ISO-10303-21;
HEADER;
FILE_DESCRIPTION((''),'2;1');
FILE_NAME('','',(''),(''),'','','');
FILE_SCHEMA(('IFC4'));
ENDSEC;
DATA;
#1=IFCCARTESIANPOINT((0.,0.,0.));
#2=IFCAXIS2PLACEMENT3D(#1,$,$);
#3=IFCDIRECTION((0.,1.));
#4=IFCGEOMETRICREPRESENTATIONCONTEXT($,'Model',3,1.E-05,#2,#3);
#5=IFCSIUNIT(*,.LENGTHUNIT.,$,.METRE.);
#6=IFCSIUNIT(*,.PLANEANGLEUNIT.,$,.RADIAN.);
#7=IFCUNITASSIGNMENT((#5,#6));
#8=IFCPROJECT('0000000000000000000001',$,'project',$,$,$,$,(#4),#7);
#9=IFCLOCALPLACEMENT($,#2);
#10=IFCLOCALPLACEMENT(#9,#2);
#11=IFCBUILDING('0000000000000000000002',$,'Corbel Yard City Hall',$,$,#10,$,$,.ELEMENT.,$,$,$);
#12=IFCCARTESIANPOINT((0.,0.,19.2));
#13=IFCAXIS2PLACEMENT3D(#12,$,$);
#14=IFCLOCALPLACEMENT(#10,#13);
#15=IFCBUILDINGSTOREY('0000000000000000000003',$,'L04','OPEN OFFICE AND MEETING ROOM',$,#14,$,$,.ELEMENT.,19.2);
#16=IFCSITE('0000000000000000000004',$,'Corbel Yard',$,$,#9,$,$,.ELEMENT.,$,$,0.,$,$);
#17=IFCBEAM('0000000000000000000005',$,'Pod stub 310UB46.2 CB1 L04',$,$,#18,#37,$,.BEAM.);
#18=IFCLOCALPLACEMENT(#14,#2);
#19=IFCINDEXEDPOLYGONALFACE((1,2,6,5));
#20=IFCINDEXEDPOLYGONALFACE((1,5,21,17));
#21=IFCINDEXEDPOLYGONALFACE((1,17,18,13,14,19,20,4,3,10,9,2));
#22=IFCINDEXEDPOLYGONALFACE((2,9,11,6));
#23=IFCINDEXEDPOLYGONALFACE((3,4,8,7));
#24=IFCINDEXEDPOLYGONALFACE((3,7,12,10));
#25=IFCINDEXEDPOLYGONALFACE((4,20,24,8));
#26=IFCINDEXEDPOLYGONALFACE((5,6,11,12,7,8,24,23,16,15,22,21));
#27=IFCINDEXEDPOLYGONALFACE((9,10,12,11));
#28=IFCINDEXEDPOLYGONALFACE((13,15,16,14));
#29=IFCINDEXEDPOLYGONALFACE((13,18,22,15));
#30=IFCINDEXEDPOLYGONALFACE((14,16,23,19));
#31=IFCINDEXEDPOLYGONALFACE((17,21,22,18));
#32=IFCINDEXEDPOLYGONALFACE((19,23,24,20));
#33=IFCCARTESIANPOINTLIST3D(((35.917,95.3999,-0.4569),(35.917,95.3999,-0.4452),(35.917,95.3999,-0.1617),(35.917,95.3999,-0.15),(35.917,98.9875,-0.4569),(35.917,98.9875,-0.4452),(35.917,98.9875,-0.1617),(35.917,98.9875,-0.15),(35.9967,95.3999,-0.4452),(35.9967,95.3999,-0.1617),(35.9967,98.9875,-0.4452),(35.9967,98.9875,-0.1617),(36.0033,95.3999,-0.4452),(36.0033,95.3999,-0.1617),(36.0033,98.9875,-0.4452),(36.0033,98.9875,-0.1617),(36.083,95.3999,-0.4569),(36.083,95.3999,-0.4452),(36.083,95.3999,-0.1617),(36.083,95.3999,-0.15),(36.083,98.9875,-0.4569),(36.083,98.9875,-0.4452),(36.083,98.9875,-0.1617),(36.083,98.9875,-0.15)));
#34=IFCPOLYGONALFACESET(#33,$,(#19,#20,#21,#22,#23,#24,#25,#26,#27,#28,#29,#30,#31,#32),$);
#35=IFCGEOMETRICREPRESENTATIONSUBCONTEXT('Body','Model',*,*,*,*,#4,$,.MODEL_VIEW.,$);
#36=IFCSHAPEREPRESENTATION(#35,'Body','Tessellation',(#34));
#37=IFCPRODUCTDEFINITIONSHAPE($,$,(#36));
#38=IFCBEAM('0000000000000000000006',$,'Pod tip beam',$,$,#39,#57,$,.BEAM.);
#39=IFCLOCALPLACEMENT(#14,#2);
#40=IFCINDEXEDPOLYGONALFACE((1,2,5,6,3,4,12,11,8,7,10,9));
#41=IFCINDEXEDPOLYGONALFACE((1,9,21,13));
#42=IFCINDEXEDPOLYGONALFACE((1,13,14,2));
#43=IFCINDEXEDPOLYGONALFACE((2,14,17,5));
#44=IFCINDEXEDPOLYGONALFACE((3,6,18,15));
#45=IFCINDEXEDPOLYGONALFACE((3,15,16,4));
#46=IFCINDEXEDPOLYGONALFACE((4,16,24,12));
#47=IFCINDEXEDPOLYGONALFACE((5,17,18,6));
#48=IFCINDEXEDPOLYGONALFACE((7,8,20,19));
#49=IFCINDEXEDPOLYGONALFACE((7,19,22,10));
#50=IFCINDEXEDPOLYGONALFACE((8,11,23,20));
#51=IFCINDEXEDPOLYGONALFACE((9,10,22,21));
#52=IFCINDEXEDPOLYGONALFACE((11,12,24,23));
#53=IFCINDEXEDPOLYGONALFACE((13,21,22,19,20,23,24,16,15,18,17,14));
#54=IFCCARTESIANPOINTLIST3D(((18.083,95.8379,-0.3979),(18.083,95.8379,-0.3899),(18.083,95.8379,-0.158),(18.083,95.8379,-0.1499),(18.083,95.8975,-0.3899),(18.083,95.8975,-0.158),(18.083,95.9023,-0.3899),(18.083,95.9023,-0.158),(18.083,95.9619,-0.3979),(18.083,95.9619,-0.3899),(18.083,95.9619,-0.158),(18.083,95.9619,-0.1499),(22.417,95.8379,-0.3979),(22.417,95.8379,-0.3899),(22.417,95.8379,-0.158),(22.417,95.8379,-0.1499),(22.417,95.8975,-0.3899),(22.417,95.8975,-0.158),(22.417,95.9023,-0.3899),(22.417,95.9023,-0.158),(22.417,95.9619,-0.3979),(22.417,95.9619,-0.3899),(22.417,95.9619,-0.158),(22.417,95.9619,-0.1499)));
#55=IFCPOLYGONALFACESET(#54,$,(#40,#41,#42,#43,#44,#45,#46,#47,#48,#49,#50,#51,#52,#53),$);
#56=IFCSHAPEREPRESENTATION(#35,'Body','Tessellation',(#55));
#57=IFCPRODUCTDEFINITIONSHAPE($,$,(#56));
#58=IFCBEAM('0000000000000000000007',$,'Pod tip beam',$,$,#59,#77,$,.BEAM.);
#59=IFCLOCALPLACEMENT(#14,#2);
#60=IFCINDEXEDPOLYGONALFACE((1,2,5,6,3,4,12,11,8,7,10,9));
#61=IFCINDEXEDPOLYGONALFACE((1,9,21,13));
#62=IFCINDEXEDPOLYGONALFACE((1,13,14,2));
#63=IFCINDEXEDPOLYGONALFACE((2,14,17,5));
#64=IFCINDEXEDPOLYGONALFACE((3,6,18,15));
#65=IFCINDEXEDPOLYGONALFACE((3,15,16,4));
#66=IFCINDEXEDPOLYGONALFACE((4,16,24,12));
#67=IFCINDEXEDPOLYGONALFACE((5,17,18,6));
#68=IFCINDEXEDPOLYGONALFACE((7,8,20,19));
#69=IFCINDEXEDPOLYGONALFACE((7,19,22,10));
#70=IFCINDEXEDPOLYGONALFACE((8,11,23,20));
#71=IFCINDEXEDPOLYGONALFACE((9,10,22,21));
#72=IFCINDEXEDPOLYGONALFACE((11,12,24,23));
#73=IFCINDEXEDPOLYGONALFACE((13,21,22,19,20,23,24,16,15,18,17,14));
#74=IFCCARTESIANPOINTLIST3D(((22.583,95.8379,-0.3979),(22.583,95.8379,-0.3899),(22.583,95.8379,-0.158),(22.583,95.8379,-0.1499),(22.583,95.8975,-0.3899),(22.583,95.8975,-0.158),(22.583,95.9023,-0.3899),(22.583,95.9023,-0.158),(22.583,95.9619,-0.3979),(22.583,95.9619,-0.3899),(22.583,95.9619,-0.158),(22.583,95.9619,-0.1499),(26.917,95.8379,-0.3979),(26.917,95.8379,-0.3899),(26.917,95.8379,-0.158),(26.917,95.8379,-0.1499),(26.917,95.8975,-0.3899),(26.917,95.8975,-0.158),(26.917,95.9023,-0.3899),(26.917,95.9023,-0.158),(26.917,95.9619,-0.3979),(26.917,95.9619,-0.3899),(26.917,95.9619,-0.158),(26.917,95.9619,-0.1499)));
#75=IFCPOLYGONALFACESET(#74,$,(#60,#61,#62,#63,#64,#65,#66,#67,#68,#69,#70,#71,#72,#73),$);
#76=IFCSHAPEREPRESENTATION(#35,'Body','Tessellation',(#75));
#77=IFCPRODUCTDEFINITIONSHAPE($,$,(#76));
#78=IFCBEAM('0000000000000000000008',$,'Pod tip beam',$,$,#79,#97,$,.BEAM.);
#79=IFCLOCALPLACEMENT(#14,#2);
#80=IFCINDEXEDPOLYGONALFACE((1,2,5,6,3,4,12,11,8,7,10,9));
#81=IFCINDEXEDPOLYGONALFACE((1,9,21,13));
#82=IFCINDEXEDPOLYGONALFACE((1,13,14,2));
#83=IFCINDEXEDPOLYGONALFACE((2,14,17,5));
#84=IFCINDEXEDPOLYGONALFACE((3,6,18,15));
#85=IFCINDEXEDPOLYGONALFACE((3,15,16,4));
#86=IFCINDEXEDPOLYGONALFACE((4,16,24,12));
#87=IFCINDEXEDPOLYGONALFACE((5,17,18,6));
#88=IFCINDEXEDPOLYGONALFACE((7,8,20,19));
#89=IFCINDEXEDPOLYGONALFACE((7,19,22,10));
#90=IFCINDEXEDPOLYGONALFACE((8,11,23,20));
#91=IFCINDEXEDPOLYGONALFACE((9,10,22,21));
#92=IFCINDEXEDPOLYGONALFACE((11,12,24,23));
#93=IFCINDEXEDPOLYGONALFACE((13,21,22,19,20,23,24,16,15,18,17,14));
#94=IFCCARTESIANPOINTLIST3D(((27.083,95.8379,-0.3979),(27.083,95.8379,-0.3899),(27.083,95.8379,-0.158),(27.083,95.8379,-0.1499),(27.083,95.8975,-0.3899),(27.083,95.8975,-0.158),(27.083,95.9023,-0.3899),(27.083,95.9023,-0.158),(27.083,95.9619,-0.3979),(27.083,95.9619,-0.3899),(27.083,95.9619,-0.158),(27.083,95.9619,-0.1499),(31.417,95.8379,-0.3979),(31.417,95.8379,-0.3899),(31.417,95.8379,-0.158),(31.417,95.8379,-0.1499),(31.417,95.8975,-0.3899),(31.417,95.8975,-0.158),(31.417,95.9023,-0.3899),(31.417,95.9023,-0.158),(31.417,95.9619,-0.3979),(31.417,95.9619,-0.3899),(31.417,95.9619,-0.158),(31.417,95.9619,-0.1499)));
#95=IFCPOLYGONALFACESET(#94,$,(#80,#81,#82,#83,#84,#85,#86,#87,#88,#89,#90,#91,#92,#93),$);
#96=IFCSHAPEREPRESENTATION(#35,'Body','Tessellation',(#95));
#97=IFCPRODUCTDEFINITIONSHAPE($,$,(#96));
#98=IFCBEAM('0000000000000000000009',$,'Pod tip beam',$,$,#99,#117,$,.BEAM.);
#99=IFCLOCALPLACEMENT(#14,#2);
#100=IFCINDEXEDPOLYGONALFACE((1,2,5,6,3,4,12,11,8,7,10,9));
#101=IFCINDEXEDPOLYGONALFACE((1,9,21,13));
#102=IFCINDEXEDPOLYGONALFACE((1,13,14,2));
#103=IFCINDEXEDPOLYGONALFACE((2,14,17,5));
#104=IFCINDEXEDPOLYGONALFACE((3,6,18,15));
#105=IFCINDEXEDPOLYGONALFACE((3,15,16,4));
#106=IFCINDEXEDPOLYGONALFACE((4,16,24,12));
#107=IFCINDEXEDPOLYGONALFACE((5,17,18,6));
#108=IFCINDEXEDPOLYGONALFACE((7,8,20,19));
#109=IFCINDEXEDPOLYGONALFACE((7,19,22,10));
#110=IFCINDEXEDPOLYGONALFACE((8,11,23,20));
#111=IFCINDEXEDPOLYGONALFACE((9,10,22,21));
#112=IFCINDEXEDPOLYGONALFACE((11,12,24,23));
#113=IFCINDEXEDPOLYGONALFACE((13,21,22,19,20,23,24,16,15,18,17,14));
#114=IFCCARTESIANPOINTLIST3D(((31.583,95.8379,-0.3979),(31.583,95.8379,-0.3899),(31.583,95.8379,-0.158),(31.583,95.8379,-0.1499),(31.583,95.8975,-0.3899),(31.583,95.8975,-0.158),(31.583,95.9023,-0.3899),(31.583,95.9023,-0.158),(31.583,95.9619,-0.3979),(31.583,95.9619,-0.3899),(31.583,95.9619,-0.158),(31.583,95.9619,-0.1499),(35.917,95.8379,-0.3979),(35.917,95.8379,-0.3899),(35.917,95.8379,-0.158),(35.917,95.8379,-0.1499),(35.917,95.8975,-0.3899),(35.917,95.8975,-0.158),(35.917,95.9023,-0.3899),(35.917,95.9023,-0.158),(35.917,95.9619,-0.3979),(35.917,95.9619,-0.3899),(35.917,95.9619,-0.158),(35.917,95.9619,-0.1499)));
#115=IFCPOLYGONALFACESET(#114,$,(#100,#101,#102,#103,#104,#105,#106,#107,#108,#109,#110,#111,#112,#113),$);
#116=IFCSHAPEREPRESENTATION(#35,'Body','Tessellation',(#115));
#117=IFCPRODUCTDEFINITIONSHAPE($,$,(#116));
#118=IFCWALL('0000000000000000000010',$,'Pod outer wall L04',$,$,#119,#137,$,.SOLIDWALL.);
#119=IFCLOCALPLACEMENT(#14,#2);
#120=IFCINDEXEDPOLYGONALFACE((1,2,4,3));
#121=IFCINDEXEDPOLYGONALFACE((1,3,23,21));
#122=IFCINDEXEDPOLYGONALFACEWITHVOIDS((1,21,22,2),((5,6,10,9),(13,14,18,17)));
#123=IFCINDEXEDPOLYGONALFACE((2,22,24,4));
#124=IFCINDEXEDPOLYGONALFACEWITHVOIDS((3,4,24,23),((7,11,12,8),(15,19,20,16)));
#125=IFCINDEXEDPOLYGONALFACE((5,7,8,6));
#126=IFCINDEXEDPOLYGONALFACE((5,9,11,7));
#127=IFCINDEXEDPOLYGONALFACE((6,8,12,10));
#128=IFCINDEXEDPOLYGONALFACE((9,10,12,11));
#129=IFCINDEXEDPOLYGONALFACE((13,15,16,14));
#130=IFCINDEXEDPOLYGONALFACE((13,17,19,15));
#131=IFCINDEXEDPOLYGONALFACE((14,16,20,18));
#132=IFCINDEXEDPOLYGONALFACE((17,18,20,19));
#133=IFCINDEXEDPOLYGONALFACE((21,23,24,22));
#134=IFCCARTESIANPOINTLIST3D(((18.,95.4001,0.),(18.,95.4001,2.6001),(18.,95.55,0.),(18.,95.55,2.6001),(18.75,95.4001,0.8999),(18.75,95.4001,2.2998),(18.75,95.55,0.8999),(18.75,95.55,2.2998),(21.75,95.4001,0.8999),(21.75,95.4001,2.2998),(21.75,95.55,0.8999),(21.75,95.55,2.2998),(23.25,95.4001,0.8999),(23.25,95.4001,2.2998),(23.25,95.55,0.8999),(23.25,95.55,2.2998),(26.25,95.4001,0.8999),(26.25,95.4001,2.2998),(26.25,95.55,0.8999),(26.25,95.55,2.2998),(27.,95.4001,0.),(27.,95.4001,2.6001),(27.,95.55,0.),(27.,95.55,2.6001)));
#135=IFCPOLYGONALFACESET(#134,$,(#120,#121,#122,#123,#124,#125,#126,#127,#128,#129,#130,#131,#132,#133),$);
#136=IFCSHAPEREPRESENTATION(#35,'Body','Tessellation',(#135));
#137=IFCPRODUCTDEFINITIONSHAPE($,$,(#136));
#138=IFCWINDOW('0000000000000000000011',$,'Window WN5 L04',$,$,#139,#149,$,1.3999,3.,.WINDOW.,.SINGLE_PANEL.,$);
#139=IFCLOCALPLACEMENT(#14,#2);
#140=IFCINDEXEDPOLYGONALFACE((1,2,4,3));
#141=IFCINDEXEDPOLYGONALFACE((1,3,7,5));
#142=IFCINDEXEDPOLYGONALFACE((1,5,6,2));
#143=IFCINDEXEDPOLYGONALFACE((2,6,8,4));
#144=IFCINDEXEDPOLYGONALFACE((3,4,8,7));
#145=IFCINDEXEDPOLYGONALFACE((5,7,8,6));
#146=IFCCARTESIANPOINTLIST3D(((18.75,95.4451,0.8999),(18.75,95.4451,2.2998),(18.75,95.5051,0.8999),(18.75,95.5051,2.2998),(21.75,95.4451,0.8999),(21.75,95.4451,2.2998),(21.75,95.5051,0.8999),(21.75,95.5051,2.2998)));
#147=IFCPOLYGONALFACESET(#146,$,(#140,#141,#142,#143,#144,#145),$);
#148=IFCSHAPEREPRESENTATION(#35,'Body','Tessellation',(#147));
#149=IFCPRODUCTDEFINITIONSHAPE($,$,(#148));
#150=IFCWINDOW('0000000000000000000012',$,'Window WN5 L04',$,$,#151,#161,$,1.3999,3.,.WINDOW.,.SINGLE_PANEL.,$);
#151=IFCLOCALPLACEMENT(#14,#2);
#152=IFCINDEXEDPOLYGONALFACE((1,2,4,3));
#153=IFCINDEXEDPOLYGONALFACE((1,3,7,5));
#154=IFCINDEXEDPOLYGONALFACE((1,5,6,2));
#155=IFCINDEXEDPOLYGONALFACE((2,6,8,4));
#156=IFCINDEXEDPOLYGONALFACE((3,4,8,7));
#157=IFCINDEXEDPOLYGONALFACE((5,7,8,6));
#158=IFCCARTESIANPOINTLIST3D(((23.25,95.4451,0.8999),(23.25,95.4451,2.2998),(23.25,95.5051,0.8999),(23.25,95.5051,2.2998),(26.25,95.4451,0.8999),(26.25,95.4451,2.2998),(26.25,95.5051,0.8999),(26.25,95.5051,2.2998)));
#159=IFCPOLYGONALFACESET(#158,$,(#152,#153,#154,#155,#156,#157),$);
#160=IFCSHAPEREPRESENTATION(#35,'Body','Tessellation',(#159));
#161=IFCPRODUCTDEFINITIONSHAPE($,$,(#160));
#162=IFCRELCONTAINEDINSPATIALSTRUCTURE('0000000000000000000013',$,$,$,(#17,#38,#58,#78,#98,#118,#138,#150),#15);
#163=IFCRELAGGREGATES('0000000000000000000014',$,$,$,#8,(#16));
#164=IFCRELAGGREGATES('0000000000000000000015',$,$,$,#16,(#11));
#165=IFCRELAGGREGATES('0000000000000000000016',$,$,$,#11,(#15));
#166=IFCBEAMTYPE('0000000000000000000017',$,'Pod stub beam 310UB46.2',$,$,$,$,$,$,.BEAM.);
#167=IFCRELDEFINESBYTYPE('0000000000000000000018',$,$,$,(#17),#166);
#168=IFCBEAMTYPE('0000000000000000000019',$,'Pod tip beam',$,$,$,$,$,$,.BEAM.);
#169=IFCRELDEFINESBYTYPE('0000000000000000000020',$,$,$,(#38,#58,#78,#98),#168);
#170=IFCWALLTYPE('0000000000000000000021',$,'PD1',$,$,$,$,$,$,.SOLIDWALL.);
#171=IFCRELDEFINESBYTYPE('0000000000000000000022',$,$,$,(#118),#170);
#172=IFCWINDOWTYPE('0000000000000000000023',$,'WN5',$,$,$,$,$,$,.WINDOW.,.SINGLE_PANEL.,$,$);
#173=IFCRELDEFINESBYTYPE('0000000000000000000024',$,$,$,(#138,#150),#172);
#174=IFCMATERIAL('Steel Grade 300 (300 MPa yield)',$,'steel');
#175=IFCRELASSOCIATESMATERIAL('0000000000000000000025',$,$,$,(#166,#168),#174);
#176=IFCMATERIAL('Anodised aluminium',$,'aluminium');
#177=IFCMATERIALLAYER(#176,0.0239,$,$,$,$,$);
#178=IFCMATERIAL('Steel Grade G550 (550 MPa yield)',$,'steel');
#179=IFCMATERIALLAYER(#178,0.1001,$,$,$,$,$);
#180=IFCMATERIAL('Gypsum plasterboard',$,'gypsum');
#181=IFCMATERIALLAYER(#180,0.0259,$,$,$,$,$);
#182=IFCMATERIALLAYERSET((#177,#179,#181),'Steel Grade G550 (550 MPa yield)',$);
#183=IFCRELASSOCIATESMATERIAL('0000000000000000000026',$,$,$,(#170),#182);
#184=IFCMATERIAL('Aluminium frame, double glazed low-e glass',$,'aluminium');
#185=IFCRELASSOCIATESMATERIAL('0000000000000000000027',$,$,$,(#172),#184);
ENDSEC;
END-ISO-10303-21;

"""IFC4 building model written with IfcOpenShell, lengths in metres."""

from ifc_helpers import new_model, si_unit, direction, frame, frame_2d, origin, origin_2d, place, context, subcontext, project, spatial, rectangle, i_section, extrude, material, layer, layer_set, material_profile, profile_set, type_object, element, fill, save


model = new_model("IFC4")

# Units and contexts
model_context = context("Model", 3, precision=1e-05, world=origin(), true_north=direction((0.0, 1.0)))
body_context = subcontext(model_context, "Body", "Model", "MODEL_VIEW")
ifc_project = project(units=[si_unit("LENGTHUNIT", "METRE"), si_unit("PLANEANGLEUNIT", "RADIAN")], contexts=[model_context])

# Site, building, storey
site_placement = place(None, origin())
site = spatial("IfcSite", under=ifc_project, at=site_placement, Name="Corbel Yard", CompositionType="ELEMENT", RefElevation=0.0)
building_placement = place(site_placement, origin())
building = spatial("IfcBuilding", under=site, at=building_placement, Name="Corbel Yard City Hall", CompositionType="ELEMENT")
storey_placement = place(building_placement, frame((0.0, 0.0, 19.2)))
storey = spatial("IfcBuildingStorey", under=building, at=storey_placement, Name="L04", Description="OPEN OFFICE AND MEETING ROOM", CompositionType="ELEMENT", Elevation=19.2)

# Beams
ifc_material_1 = material(Name="Steel Grade 300 (300 MPa yield)", Category="steel")
ifc_material_profile_1 = material_profile(ifc_material_1, i_section(OverallWidth=0.166, OverallDepth=0.3069, WebThickness=0.0066, FlangeThickness=0.0117, at=origin_2d()), Name="310UB46.2")
ifc_profile_set_1 = profile_set([ifc_material_profile_1], Name="Steel Grade 300 (300 MPa yield)")
beam_type_1 = type_object("IfcBeamType", Name="Pod stub beam 310UB46.2", PredefinedType="BEAM", material=ifc_profile_set_1)
beam_1_placement = place(storey_placement, frame((36.0, 95.3999, -0.3035), z_axis=(0.0, 1.0, 0.0), x_axis=(-1.0, 0.0, 0.0)))
element("IfcBeam", 1, at=beam_1_placement, inside=storey, type_object=beam_type_1, Name="Pod stub 310UB46.2 CB1 L04", PredefinedType="BEAM", context=body_context, shape_type="SweptSolid", body=[
    extrude(i_section(OverallWidth=0.166, OverallDepth=0.3069, WebThickness=0.0066, FlangeThickness=0.0117, at=origin_2d()), origin(), (0.0, 0.0, 1.0), 3.5876),
])
ifc_material_profile_2 = material_profile(ifc_material_1, i_section(OverallWidth=0.124, OverallDepth=0.248, WebThickness=0.0049, FlangeThickness=0.0081, at=origin_2d()), Name="250UB25.7")
ifc_profile_set_2 = profile_set([ifc_material_profile_2], Name="Steel Grade 300 (300 MPa yield)")
beam_type_2 = type_object("IfcBeamType", Name="Pod tip beam", PredefinedType="BEAM", material=ifc_profile_set_2)
for number, where, z_axis, x_axis, name in (
    (2, (18.083, 95.8999, -0.2739), (1.0, 0.0, 0.0), (0.0, 1.0, 0.0), "Pod tip beam"),
    (3, (22.583, 95.8999, -0.2739), (1.0, 0.0, 0.0), (0.0, 1.0, 0.0), "Pod tip beam"),
    (4, (27.083, 95.8999, -0.2739), (1.0, 0.0, 0.0), (0.0, 1.0, 0.0), "Pod tip beam"),
    (5, (31.583, 95.8999, -0.2739), (1.0, 0.0, 0.0), (0.0, 1.0, 0.0), "Pod tip beam"),
):
    element("IfcBeam", number, at=place(storey_placement, frame(where, z_axis=z_axis, x_axis=x_axis)), inside=storey, type_object=beam_type_2, Name=name, PredefinedType="BEAM", context=body_context, shape_type="SweptSolid", body=[
        extrude(i_section(OverallWidth=0.124, OverallDepth=0.248, WebThickness=0.0049, FlangeThickness=0.0081, at=origin_2d()), origin(), (0.0, 0.0, 1.0), 4.334),
    ])

# Wall, openings, windows
ifc_material_2 = material(Name="Anodised aluminium", Category="aluminium")
ifc_layer_1 = layer(ifc_material_2, 0.0239)
ifc_material_3 = material(Name="Steel Grade G550 (550 MPa yield)", Category="steel")
ifc_layer_2 = layer(ifc_material_3, 0.1001)
ifc_material_4 = material(Name="Gypsum plasterboard", Category="gypsum")
ifc_layer_3 = layer(ifc_material_4, 0.0259)
ifc_layer_set_1 = layer_set([ifc_layer_1, ifc_layer_2, ifc_layer_3], Name="Steel Grade G550 (550 MPa yield)")
wall_type_1 = type_object("IfcWallType", Name="PD1", PredefinedType="SOLIDWALL", material=ifc_layer_set_1)
wall_1_placement = place(storey_placement, frame((18.0, 95.4751, 0.0), z_axis=(0.0, 0.0, 1.0), x_axis=(1.0, 0.0, 0.0)))
wall_1 = element("IfcWall", 6, at=wall_1_placement, inside=storey, type_object=wall_type_1, Name="Pod outer wall L04", PredefinedType="SOLIDWALL", context=body_context, shape_type="SweptSolid", body=[
    extrude(rectangle(XDim=9.0, YDim=0.1499, at=frame_2d((4.5, 0.0))), origin(), (0.0, 0.0, 1.0), 2.6001),
])
opening_1_placement = place(wall_1_placement, frame((0.75, 0.0, 0.8999)))
opening_1 = element("IfcOpeningElement", 7, at=opening_1_placement, cuts=wall_1, PredefinedType="OPENING", context=body_context, shape_type="SweptSolid", body=[
    extrude(rectangle(XDim=3.0, YDim=1.3999, at=frame_2d((1.5, 0.7))), frame((0.0, 0.085, 0.0), z_axis=(0.0, -1.0, 0.0), x_axis=(1.0, 0.0, 0.0)), (0.0, 0.0, 1.0), 0.1699),
])
opening_2_placement = place(wall_1_placement, frame((5.25, 0.0, 0.8999)))
opening_2 = element("IfcOpeningElement", 8, at=opening_2_placement, cuts=wall_1, PredefinedType="OPENING", context=body_context, shape_type="SweptSolid", body=[
    extrude(rectangle(XDim=3.0, YDim=1.3999, at=frame_2d((1.5, 0.7))), frame((0.0, 0.085, 0.0), z_axis=(0.0, -1.0, 0.0), x_axis=(1.0, 0.0, 0.0)), (0.0, 0.0, 1.0), 0.1699),
])
ifc_material_5 = material(Name="Aluminium frame, double glazed low-e glass", Category="aluminium")
window_type_1 = type_object("IfcWindowType", Name="WN5", PartitioningType="SINGLE_PANEL", PredefinedType="WINDOW", material=ifc_material_5)
window_1_placement = place(opening_1_placement, origin())
window_1 = element("IfcWindow", 9, at=window_1_placement, inside=storey, type_object=window_type_1, Name="Window WN5 L04", OverallHeight=1.3999, OverallWidth=3.0, PartitioningType="SINGLE_PANEL", PredefinedType="WINDOW", context=body_context, shape_type="SweptSolid", body=[
    extrude(rectangle(XDim=3.0, YDim=1.3999, at=frame_2d((1.5, 0.7))), frame((0.0, 0.03, 0.0), z_axis=(0.0, -1.0, 0.0), x_axis=(1.0, 0.0, 0.0)), (0.0, 0.0, 1.0), 0.0601),
])
fill(opening_1, window_1)
window_2_placement = place(opening_2_placement, origin())
window_2 = element("IfcWindow", 10, at=window_2_placement, inside=storey, type_object=window_type_1, Name="Window WN5 L04", OverallHeight=1.3999, OverallWidth=3.0, PartitioningType="SINGLE_PANEL", PredefinedType="WINDOW", context=body_context, shape_type="SweptSolid", body=[
    extrude(rectangle(XDim=3.0, YDim=1.3999, at=frame_2d((1.5, 0.7))), frame((0.0, 0.03, 0.0), z_axis=(0.0, -1.0, 0.0), x_axis=(1.0, 0.0, 0.0)), (0.0, 0.0, 1.0), 0.0601),
])
fill(opening_2, window_2)

save(model, "model.ifc")
